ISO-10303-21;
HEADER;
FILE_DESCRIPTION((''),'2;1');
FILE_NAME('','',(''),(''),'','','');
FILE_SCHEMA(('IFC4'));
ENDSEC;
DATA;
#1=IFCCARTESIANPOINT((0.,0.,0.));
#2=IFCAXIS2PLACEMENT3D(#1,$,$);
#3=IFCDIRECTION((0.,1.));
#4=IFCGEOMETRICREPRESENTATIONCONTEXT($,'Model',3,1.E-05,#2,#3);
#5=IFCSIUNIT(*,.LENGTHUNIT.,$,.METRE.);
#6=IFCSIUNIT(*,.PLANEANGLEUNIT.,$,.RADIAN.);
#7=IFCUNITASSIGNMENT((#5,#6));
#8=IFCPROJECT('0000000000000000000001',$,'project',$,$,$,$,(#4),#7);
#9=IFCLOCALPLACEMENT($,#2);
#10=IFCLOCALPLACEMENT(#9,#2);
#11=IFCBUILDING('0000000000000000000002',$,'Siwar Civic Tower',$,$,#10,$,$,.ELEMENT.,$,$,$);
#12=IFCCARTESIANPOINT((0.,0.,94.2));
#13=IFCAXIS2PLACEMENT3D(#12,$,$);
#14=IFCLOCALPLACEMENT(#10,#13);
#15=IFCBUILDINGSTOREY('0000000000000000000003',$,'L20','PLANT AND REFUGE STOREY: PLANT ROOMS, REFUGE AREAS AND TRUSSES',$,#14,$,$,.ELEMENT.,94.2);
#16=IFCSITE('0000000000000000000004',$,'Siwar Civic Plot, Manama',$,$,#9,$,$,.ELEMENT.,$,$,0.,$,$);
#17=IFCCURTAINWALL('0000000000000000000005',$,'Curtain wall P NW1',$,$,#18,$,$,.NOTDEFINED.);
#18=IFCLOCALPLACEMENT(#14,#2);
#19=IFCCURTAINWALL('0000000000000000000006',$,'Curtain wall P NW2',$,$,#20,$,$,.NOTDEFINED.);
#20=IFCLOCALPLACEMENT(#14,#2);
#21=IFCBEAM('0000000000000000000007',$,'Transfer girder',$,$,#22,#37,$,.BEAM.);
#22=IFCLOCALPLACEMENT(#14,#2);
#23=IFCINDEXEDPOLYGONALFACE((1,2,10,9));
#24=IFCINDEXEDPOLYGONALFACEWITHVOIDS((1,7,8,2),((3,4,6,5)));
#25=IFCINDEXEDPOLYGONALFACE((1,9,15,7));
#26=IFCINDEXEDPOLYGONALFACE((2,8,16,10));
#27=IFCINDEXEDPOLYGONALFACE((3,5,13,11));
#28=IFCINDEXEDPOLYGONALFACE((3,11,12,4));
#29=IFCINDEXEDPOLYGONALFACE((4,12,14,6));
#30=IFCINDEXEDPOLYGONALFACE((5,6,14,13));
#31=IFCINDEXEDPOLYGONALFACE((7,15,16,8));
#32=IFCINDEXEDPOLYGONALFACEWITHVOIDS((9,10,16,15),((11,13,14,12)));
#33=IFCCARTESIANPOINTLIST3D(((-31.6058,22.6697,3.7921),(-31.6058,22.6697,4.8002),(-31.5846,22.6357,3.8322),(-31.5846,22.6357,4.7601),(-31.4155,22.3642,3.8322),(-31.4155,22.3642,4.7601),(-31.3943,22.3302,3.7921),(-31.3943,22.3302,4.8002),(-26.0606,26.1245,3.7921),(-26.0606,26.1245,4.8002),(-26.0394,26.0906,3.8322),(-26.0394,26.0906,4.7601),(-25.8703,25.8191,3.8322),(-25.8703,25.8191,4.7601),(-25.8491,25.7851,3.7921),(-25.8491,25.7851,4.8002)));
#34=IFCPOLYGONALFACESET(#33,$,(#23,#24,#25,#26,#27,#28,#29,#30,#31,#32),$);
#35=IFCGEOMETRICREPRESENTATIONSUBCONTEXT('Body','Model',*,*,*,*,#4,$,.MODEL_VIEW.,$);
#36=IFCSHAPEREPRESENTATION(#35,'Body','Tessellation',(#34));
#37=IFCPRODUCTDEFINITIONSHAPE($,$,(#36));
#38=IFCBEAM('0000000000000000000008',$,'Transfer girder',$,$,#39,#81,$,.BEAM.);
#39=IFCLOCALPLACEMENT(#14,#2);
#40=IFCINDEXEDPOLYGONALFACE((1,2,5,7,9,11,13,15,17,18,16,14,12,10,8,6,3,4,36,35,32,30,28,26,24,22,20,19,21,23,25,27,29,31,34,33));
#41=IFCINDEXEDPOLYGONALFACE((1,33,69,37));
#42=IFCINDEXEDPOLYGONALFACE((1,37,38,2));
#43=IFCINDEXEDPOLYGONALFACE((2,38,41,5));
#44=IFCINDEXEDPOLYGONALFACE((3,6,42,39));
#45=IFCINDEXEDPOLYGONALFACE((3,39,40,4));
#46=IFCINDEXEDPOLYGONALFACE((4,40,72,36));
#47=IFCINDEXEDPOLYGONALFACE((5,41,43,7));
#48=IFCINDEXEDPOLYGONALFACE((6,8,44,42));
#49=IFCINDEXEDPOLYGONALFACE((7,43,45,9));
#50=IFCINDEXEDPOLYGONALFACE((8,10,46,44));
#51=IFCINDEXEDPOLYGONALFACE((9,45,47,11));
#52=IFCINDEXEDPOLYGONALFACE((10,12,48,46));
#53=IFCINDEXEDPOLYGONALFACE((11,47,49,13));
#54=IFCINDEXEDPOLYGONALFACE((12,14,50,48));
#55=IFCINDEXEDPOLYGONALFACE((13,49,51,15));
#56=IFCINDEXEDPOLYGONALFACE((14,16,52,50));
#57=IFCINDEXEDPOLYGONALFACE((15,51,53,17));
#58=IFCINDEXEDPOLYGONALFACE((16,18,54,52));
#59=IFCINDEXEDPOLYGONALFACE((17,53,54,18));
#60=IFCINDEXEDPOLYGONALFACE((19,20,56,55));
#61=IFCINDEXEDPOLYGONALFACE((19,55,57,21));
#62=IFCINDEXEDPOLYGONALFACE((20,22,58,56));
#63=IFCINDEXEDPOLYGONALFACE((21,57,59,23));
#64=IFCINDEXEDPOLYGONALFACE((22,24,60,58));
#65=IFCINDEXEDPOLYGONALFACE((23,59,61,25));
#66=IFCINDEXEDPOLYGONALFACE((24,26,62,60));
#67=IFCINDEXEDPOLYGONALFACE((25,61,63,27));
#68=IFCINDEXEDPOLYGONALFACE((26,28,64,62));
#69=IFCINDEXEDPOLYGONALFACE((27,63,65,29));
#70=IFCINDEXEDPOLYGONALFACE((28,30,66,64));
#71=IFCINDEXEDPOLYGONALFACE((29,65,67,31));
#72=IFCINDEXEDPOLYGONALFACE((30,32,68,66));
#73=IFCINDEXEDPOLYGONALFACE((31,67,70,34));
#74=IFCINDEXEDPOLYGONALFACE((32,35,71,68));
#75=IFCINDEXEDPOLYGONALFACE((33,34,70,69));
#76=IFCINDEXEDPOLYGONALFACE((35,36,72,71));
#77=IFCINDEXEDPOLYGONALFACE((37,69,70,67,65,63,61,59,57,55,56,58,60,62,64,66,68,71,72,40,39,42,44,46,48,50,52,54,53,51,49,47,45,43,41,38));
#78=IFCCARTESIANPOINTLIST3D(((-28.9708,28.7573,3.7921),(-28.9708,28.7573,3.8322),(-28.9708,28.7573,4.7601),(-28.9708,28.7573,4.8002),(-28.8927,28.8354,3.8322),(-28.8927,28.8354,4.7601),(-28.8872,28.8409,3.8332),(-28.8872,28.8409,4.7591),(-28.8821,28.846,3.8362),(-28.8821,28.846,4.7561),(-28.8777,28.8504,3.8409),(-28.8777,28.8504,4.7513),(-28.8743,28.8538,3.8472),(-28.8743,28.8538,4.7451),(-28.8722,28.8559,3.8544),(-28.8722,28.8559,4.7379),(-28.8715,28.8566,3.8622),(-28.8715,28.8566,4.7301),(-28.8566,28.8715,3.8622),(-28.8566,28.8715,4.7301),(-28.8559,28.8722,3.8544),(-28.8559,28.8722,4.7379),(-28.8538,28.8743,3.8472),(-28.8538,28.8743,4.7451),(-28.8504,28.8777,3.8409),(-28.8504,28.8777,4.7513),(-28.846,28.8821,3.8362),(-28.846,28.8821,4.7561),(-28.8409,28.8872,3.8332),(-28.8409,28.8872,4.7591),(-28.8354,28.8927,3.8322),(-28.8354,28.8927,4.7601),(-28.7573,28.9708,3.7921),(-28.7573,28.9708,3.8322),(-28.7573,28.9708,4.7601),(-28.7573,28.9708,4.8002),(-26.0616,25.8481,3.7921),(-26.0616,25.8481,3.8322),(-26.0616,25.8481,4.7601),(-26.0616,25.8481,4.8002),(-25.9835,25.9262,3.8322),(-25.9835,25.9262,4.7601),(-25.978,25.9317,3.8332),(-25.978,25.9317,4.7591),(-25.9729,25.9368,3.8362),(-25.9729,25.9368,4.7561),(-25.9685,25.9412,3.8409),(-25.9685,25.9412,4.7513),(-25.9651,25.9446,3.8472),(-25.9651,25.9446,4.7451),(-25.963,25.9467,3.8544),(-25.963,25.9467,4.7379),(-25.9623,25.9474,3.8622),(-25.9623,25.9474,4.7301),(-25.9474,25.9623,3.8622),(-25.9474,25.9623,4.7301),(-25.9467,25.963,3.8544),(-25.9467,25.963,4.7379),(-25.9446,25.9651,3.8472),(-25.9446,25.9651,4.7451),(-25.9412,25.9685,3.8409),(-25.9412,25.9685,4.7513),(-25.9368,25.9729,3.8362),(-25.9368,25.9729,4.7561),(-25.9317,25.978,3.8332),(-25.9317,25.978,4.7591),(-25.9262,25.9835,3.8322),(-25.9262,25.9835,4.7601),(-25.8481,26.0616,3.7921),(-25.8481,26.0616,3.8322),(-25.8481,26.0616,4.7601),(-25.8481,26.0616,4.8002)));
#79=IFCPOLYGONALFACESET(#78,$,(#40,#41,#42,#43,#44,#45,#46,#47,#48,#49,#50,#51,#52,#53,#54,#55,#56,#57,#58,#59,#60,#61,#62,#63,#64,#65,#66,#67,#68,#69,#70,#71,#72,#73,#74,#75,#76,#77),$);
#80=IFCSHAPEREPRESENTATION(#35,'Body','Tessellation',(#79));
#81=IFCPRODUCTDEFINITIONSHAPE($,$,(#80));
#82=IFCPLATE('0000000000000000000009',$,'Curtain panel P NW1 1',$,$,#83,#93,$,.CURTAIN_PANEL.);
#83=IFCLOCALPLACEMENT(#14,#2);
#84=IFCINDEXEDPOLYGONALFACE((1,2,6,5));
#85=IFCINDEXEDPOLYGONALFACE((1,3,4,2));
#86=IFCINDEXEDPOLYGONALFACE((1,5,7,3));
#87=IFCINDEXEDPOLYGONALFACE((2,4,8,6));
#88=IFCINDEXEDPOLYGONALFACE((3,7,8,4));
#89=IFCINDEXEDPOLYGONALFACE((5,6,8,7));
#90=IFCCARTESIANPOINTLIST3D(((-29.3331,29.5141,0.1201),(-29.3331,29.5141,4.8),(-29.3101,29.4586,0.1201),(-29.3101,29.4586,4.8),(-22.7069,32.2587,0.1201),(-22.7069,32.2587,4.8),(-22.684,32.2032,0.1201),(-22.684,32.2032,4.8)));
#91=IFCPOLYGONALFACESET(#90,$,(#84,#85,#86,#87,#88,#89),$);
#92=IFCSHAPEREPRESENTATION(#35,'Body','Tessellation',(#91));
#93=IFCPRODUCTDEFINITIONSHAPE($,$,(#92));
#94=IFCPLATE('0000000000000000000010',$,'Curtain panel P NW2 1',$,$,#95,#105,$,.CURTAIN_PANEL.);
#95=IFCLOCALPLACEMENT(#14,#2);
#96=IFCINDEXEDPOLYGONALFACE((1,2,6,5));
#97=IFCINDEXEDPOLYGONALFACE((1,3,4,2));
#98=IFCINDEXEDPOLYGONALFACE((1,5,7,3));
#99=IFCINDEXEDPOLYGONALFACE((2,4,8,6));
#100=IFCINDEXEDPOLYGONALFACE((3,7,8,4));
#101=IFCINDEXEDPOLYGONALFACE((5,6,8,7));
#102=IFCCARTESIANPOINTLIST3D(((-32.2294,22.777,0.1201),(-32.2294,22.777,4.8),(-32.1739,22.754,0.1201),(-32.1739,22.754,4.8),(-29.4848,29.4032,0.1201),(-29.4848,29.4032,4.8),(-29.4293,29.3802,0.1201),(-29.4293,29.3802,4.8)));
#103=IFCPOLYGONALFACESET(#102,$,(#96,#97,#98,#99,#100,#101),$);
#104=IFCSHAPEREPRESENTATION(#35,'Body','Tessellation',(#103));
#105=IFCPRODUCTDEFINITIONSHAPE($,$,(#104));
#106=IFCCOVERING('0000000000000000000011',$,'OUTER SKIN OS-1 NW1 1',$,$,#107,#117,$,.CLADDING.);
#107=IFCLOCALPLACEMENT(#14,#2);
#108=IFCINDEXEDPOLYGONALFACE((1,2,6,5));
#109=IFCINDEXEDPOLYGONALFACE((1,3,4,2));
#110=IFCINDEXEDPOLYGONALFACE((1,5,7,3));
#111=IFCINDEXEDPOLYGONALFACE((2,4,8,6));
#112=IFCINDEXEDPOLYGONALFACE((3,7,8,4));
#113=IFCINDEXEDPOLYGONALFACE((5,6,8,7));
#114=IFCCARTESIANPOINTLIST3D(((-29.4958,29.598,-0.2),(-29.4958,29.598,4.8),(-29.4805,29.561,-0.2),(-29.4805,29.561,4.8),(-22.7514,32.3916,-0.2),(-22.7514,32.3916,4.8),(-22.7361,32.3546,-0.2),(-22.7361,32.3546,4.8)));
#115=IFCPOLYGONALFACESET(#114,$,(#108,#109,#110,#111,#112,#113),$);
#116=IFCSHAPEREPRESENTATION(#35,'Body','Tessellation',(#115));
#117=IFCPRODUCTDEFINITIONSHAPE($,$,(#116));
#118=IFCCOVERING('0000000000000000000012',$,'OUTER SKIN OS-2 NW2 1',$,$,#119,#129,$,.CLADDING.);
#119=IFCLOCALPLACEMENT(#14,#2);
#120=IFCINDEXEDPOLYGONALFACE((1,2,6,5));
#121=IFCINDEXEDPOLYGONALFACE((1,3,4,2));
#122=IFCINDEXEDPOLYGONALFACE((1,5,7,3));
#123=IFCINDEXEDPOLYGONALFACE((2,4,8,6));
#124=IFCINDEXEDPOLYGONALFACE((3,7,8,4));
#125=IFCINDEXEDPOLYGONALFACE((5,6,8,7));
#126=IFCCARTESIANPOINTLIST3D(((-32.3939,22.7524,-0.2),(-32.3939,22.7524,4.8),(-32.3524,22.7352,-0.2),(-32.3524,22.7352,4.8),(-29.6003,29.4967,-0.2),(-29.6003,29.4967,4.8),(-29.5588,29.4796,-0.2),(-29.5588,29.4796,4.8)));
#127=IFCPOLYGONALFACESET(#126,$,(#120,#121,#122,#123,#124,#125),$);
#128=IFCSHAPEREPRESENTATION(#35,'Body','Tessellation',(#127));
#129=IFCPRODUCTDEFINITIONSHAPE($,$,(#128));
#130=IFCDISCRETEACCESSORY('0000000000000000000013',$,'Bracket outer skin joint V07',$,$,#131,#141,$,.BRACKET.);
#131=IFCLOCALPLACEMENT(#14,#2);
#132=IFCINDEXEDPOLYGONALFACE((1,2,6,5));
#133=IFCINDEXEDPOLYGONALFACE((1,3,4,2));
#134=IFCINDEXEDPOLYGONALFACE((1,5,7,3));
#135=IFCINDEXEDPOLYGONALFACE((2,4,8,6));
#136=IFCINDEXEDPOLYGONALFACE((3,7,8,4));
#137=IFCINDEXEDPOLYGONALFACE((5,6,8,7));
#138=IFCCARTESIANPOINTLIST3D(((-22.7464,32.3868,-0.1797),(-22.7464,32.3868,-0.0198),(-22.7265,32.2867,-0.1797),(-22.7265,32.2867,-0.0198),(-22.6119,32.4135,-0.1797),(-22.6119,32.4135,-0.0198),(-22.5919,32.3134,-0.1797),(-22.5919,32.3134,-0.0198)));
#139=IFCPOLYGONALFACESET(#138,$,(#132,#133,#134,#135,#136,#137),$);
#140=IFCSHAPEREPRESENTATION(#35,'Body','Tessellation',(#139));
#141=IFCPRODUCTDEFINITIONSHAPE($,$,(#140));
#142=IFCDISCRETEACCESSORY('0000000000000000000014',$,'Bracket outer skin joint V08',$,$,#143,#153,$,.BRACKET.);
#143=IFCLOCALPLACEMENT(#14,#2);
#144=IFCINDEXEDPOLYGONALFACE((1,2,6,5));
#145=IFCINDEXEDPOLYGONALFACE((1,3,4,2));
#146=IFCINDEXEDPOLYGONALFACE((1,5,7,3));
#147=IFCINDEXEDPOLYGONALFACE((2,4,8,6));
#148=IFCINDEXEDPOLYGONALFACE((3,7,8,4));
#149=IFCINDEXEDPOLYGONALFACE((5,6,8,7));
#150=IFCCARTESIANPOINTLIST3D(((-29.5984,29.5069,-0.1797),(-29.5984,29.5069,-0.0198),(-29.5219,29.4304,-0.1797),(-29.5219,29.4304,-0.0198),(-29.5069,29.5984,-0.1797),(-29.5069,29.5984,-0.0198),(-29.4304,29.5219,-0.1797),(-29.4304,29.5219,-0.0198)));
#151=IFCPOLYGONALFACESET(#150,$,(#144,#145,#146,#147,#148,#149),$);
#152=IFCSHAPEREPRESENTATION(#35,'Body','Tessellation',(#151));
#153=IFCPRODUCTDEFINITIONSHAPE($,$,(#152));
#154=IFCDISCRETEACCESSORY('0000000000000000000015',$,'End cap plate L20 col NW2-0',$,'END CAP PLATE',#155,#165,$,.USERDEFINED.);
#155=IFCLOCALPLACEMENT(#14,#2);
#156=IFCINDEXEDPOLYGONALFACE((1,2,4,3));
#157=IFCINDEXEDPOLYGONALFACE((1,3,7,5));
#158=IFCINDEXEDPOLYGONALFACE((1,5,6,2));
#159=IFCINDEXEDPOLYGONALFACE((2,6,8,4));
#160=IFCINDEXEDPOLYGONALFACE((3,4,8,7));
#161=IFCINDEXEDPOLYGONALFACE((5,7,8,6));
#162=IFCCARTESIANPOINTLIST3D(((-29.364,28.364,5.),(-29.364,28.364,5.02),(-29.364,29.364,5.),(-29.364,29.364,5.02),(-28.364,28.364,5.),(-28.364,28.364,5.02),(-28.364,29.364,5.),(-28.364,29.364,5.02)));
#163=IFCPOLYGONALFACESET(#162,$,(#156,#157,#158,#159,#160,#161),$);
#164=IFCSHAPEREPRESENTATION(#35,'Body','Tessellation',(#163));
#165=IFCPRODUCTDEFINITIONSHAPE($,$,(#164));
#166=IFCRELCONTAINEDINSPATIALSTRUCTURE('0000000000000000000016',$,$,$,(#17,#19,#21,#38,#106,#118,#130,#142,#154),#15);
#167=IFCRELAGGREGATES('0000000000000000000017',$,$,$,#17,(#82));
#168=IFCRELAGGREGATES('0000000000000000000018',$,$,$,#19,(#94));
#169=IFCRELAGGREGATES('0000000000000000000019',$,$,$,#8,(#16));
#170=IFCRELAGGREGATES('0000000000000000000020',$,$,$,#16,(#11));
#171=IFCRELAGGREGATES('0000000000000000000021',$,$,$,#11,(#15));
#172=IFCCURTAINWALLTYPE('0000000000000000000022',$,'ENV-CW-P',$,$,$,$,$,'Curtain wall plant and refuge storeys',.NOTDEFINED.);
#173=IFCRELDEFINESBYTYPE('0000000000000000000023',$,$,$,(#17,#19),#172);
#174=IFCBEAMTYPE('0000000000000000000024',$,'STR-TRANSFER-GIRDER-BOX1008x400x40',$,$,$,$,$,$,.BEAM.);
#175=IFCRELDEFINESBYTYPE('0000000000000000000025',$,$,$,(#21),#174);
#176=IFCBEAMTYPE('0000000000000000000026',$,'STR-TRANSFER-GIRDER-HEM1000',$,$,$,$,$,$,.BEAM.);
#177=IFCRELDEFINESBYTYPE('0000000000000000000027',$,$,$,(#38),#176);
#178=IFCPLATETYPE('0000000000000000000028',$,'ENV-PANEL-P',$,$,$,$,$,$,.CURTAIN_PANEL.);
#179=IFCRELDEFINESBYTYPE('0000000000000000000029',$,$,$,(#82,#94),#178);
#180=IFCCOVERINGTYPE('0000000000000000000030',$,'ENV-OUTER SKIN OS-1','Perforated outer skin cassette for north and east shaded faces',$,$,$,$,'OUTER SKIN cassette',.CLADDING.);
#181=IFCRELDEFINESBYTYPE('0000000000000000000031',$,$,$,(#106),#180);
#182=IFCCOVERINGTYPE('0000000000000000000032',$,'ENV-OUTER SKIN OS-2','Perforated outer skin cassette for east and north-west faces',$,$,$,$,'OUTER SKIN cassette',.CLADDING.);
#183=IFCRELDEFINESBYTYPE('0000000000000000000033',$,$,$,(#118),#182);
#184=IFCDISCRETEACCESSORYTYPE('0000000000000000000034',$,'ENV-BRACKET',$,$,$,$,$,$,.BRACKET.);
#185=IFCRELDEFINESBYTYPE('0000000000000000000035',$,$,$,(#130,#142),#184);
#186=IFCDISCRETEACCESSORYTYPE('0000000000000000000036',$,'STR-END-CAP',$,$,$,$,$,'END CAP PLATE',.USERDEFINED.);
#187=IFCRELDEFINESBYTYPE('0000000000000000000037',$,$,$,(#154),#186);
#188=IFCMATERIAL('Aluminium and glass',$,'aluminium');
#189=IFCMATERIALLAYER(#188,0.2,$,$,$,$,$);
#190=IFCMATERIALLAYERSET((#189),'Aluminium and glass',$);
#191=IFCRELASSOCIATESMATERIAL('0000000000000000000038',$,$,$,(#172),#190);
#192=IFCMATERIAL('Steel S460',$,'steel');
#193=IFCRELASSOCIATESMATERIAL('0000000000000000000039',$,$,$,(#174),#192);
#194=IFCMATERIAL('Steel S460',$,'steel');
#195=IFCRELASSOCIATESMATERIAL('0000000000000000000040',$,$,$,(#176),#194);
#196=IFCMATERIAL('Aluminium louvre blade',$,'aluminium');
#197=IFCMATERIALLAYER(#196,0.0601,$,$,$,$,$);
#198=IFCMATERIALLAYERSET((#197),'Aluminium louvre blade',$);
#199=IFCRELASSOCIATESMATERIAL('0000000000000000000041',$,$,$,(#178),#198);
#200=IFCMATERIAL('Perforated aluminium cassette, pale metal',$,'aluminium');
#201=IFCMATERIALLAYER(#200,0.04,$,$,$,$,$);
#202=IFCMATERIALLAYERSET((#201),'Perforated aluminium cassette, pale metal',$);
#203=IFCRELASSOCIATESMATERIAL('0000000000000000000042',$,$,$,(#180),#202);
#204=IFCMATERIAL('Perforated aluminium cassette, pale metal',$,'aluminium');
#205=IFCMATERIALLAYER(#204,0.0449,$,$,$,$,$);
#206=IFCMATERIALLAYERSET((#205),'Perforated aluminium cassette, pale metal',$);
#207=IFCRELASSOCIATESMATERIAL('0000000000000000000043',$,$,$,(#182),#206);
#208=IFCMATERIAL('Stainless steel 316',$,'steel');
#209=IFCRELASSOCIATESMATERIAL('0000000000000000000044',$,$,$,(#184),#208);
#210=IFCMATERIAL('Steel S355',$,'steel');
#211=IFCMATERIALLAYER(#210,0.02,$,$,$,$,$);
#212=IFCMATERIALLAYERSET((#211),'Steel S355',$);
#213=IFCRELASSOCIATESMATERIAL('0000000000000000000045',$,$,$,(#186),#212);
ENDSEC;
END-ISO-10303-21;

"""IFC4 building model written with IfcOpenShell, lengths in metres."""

from ifc_helpers import new_model, si_unit, direction, frame, origin, origin_2d, place, context, subcontext, project, spatial, rectangle, hollow_rectangle, i_section, extrude, material, layer, layer_set, material_profile, profile_set, type_object, element, aggregate, save


model = new_model("IFC4")

# Units and contexts
model_context = context("Model", 3, precision=1e-05, world=origin(), true_north=direction((0.0, 1.0)))
body_context = subcontext(model_context, "Body", "Model", "MODEL_VIEW")
ifc_project = project(units=[si_unit("LENGTHUNIT", "METRE"), si_unit("PLANEANGLEUNIT", "RADIAN")], contexts=[model_context])

# Site, building, storey
site_placement = place(None, origin())
site = spatial("IfcSite", under=ifc_project, at=site_placement, Name="Siwar Civic Plot, Manama", CompositionType="ELEMENT", RefElevation=0.0)
building_placement = place(site_placement, origin())
building = spatial("IfcBuilding", under=site, at=building_placement, Name="Siwar Civic Tower", CompositionType="ELEMENT")
storey_placement = place(building_placement, frame((0.0, 0.0, 94.2)))
storey = spatial("IfcBuildingStorey", under=building, at=storey_placement, Name="L20", Description="PLANT AND REFUGE STOREY: PLANT ROOMS, REFUGE AREAS AND TRUSSES", CompositionType="ELEMENT", Elevation=94.2)

# Curtain walls
ifc_material_1 = material(Name="Aluminium and glass", Category="aluminium")
ifc_layer_1 = layer(ifc_material_1, 0.2)
ifc_layer_set_1 = layer_set([ifc_layer_1], Name="Aluminium and glass")
curtain_wall_type = type_object("IfcCurtainWallType", Name="ENV-CW-P", ElementType="Curtain wall plant and refuge storeys", PredefinedType="NOTDEFINED", material=ifc_layer_set_1)
curtain_wall_1_placement = place(storey_placement, origin())
curtain_wall_1 = element("IfcCurtainWall", 1, at=curtain_wall_1_placement, inside=storey, type_object=curtain_wall_type, Name="Curtain wall P NW1", PredefinedType="NOTDEFINED")
curtain_wall_2_placement = place(storey_placement, origin())
curtain_wall_2 = element("IfcCurtainWall", 2, at=curtain_wall_2_placement, inside=storey, type_object=curtain_wall_type, Name="Curtain wall P NW2", PredefinedType="NOTDEFINED")

# Beams
ifc_material_2 = material(Name="Steel S460", Category="steel")
ifc_material_profile_1 = material_profile(ifc_material_2, hollow_rectangle(XDim=0.3999, YDim=1.0081, WallThickness=0.04, at=origin_2d()), Name="BOX1008x400x40")
ifc_profile_set_1 = profile_set([ifc_material_profile_1], Name="Steel S460")
beam_type_1 = type_object("IfcBeamType", Name="STR-TRANSFER-GIRDER-BOX1008x400x40", PredefinedType="BEAM", material=ifc_profile_set_1)
beam_1_placement = place(storey_placement, frame((-25.9548, 25.9548, 4.2961), z_axis=(-0.848747, -0.528799, 0.0), x_axis=(0.528799, -0.848747, 0.0)))
element("IfcBeam", 3, at=beam_1_placement, inside=storey, type_object=beam_type_1, Name="Transfer girder", PredefinedType="BEAM", context=body_context, shape_type="SweptSolid", body=[
    extrude(hollow_rectangle(XDim=0.3999, YDim=1.0081, WallThickness=0.04, at=origin_2d()), origin(), (0.0, 0.0, 1.0), 6.5334),
])
ifc_material_3 = material(Name="Steel S460", Category="steel")
ifc_material_profile_2 = material_profile(ifc_material_3, i_section(OverallWidth=0.302, OverallDepth=1.0081, WebThickness=0.021, FlangeThickness=0.04, FilletRadius=0.03, at=origin_2d()), Name="HEM1000")
ifc_profile_set_2 = profile_set([ifc_material_profile_2], Name="Steel S460")
beam_type_2 = type_object("IfcBeamType", Name="STR-TRANSFER-GIRDER-HEM1000", PredefinedType="BEAM", material=ifc_profile_set_2)
beam_2_placement = place(storey_placement, frame((-25.9548, 25.9548, 4.2961), z_axis=(-0.707107, 0.707107, 0.0), x_axis=(-0.707107, -0.707107, 0.0)))
element("IfcBeam", 4, at=beam_2_placement, inside=storey, type_object=beam_type_2, Name="Transfer girder", PredefinedType="BEAM", context=body_context, shape_type="SweptSolid", body=[
    extrude(i_section(OverallWidth=0.302, OverallDepth=1.0081, WebThickness=0.021, FlangeThickness=0.04, FilletRadius=0.03, at=origin_2d()), origin(), (0.0, 0.0, 1.0), 4.1143),
])

# Plates
ifc_material_4 = material(Name="Aluminium louvre blade", Category="aluminium")
ifc_layer_2 = layer(ifc_material_4, 0.0601)
ifc_layer_set_2 = layer_set([ifc_layer_2], Name="Aluminium louvre blade")
plate_type = type_object("IfcPlateType", Name="ENV-PANEL-P", PredefinedType="CURTAIN_PANEL", material=ifc_layer_set_2)
plate_1_placement = place(storey_placement, frame((-26.0085, 30.8586, 0.1201), z_axis=(0.0, 0.0, 1.0), x_axis=(-0.92388, -0.382683, 0.0)))
plate_1 = element("IfcPlate", 5, at=plate_1_placement, type_object=plate_type, Name="Curtain panel P NW1 1", PredefinedType="CURTAIN_PANEL", context=body_context, shape_type="SweptSolid", body=[
    extrude(rectangle(XDim=7.1721, YDim=0.0601, at=origin_2d()), origin(), (0.0, 0.0, 1.0), 4.6799),
])
aggregate(curtain_wall_1, [plate_1])
plate_2_placement = place(storey_placement, frame((-30.8293, 26.0786, 0.1201), z_axis=(0.0, 0.0, 1.0), x_axis=(-0.382683, -0.92388, 0.0)))
plate_2 = element("IfcPlate", 6, at=plate_2_placement, type_object=plate_type, Name="Curtain panel P NW2 1", PredefinedType="CURTAIN_PANEL", context=body_context, shape_type="SweptSolid", body=[
    extrude(rectangle(XDim=7.1721, YDim=0.0601, at=origin_2d()), origin(), (0.0, 0.0, 1.0), 4.6799),
])
aggregate(curtain_wall_2, [plate_2])

# Coverings
ifc_material_5 = material(Name="Perforated aluminium cassette, pale metal", Category="aluminium")
ifc_layer_3 = layer(ifc_material_5, 0.04)
ifc_layer_set_3 = layer_set([ifc_layer_3], Name="Perforated aluminium cassette, pale metal")
covering_type_1 = type_object("IfcCoveringType", Name="ENV-OUTER SKIN OS-1", Description="Perforated outer skin cassette for north and east shaded faces", ElementType="OUTER SKIN cassette", PredefinedType="CLADDING", material=ifc_layer_set_3)
covering_1_placement = place(storey_placement, frame((-26.116, 30.9763, -0.2), z_axis=(0.0, 0.0, 1.0), x_axis=(-0.92388, -0.382683, 0.0)))
element("IfcCovering", 7, at=covering_1_placement, inside=storey, type_object=covering_type_1, Name="OUTER SKIN OS-1 NW1 1", PredefinedType="CLADDING", context=body_context, shape_type="SweptSolid", body=[
    extrude(rectangle(XDim=7.3, YDim=0.04, at=origin_2d()), origin(), (0.0, 0.0, 1.0), 5.0),
])
ifc_material_6 = material(Name="Perforated aluminium cassette, pale metal", Category="aluminium")
ifc_layer_4 = layer(ifc_material_6, 0.0449)
ifc_layer_set_4 = layer_set([ifc_layer_4], Name="Perforated aluminium cassette, pale metal")
covering_type_2 = type_object("IfcCoveringType", Name="ENV-OUTER SKIN OS-2", Description="Perforated outer skin cassette for east and north-west faces", ElementType="OUTER SKIN cassette", PredefinedType="CLADDING", material=ifc_layer_set_4)
covering_2_placement = place(storey_placement, frame((-30.9763, 26.116, -0.2), z_axis=(0.0, 0.0, 1.0), x_axis=(-0.382683, -0.92388, 0.0)))
element("IfcCovering", 8, at=covering_2_placement, inside=storey, type_object=covering_type_2, Name="OUTER SKIN OS-2 NW2 1", PredefinedType="CLADDING", context=body_context, shape_type="SweptSolid", body=[
    extrude(rectangle(XDim=7.3, YDim=0.0449, at=origin_2d()), origin(), (0.0, 0.0, 1.0), 5.0),
])

# Discrete accessories
ifc_material_7 = material(Name="Stainless steel 316", Category="steel")
discrete_accessory_type_1 = type_object("IfcDiscreteAccessoryType", Name="ENV-BRACKET", PredefinedType="BRACKET", material=ifc_material_7)
discrete_accessory_1_placement = place(storey_placement, frame((-22.6692, 32.3501, -0.1797), z_axis=(0.0, 0.0, 1.0), x_axis=(-0.19509, 0.980785, 0.0)))
element("IfcDiscreteAccessory", 9, at=discrete_accessory_1_placement, inside=storey, type_object=discrete_accessory_type_1, Name="Bracket outer skin joint V07", PredefinedType="BRACKET", context=body_context, shape_type="SweptSolid", body=[
    extrude(rectangle(XDim=0.1021, YDim=0.1372, at=origin_2d()), origin(), (0.0, 0.0, 1.0), 0.1599),
])
discrete_accessory_2_placement = place(storey_placement, frame((-29.5144, 29.5144, -0.1797), z_axis=(0.0, 0.0, 1.0), x_axis=(-0.707107, 0.707107, 0.0)))
element("IfcDiscreteAccessory", 10, at=discrete_accessory_2_placement, inside=storey, type_object=discrete_accessory_type_1, Name="Bracket outer skin joint V08", PredefinedType="BRACKET", context=body_context, shape_type="SweptSolid", body=[
    extrude(rectangle(XDim=0.1082, YDim=0.1294, at=origin_2d()), origin(), (0.0, 0.0, 1.0), 0.1599),
])
ifc_material_8 = material(Name="Steel S355", Category="steel")
ifc_layer_5 = layer(ifc_material_8, 0.02)
ifc_layer_set_5 = layer_set([ifc_layer_5], Name="Steel S355")
discrete_accessory_type_2 = type_object("IfcDiscreteAccessoryType", Name="STR-END-CAP", ElementType="END CAP PLATE", PredefinedType="USERDEFINED", material=ifc_layer_set_5)
discrete_accessory_3_placement = place(storey_placement, frame((-28.864, 28.864, 5.0), z_axis=(0.0, 0.0, 1.0), x_axis=(1.0, 0.0, 0.0)))
element("IfcDiscreteAccessory", 11, at=discrete_accessory_3_placement, inside=storey, type_object=discrete_accessory_type_2, Name="End cap plate L20 col NW2-0", ObjectType="END CAP PLATE", PredefinedType="USERDEFINED", context=body_context, shape_type="SweptSolid", body=[
    extrude(rectangle(XDim=1.0, YDim=1.0, at=origin_2d()), origin(), (0.0, 0.0, 1.0), 0.02),
])

save(model, "model.ifc")
